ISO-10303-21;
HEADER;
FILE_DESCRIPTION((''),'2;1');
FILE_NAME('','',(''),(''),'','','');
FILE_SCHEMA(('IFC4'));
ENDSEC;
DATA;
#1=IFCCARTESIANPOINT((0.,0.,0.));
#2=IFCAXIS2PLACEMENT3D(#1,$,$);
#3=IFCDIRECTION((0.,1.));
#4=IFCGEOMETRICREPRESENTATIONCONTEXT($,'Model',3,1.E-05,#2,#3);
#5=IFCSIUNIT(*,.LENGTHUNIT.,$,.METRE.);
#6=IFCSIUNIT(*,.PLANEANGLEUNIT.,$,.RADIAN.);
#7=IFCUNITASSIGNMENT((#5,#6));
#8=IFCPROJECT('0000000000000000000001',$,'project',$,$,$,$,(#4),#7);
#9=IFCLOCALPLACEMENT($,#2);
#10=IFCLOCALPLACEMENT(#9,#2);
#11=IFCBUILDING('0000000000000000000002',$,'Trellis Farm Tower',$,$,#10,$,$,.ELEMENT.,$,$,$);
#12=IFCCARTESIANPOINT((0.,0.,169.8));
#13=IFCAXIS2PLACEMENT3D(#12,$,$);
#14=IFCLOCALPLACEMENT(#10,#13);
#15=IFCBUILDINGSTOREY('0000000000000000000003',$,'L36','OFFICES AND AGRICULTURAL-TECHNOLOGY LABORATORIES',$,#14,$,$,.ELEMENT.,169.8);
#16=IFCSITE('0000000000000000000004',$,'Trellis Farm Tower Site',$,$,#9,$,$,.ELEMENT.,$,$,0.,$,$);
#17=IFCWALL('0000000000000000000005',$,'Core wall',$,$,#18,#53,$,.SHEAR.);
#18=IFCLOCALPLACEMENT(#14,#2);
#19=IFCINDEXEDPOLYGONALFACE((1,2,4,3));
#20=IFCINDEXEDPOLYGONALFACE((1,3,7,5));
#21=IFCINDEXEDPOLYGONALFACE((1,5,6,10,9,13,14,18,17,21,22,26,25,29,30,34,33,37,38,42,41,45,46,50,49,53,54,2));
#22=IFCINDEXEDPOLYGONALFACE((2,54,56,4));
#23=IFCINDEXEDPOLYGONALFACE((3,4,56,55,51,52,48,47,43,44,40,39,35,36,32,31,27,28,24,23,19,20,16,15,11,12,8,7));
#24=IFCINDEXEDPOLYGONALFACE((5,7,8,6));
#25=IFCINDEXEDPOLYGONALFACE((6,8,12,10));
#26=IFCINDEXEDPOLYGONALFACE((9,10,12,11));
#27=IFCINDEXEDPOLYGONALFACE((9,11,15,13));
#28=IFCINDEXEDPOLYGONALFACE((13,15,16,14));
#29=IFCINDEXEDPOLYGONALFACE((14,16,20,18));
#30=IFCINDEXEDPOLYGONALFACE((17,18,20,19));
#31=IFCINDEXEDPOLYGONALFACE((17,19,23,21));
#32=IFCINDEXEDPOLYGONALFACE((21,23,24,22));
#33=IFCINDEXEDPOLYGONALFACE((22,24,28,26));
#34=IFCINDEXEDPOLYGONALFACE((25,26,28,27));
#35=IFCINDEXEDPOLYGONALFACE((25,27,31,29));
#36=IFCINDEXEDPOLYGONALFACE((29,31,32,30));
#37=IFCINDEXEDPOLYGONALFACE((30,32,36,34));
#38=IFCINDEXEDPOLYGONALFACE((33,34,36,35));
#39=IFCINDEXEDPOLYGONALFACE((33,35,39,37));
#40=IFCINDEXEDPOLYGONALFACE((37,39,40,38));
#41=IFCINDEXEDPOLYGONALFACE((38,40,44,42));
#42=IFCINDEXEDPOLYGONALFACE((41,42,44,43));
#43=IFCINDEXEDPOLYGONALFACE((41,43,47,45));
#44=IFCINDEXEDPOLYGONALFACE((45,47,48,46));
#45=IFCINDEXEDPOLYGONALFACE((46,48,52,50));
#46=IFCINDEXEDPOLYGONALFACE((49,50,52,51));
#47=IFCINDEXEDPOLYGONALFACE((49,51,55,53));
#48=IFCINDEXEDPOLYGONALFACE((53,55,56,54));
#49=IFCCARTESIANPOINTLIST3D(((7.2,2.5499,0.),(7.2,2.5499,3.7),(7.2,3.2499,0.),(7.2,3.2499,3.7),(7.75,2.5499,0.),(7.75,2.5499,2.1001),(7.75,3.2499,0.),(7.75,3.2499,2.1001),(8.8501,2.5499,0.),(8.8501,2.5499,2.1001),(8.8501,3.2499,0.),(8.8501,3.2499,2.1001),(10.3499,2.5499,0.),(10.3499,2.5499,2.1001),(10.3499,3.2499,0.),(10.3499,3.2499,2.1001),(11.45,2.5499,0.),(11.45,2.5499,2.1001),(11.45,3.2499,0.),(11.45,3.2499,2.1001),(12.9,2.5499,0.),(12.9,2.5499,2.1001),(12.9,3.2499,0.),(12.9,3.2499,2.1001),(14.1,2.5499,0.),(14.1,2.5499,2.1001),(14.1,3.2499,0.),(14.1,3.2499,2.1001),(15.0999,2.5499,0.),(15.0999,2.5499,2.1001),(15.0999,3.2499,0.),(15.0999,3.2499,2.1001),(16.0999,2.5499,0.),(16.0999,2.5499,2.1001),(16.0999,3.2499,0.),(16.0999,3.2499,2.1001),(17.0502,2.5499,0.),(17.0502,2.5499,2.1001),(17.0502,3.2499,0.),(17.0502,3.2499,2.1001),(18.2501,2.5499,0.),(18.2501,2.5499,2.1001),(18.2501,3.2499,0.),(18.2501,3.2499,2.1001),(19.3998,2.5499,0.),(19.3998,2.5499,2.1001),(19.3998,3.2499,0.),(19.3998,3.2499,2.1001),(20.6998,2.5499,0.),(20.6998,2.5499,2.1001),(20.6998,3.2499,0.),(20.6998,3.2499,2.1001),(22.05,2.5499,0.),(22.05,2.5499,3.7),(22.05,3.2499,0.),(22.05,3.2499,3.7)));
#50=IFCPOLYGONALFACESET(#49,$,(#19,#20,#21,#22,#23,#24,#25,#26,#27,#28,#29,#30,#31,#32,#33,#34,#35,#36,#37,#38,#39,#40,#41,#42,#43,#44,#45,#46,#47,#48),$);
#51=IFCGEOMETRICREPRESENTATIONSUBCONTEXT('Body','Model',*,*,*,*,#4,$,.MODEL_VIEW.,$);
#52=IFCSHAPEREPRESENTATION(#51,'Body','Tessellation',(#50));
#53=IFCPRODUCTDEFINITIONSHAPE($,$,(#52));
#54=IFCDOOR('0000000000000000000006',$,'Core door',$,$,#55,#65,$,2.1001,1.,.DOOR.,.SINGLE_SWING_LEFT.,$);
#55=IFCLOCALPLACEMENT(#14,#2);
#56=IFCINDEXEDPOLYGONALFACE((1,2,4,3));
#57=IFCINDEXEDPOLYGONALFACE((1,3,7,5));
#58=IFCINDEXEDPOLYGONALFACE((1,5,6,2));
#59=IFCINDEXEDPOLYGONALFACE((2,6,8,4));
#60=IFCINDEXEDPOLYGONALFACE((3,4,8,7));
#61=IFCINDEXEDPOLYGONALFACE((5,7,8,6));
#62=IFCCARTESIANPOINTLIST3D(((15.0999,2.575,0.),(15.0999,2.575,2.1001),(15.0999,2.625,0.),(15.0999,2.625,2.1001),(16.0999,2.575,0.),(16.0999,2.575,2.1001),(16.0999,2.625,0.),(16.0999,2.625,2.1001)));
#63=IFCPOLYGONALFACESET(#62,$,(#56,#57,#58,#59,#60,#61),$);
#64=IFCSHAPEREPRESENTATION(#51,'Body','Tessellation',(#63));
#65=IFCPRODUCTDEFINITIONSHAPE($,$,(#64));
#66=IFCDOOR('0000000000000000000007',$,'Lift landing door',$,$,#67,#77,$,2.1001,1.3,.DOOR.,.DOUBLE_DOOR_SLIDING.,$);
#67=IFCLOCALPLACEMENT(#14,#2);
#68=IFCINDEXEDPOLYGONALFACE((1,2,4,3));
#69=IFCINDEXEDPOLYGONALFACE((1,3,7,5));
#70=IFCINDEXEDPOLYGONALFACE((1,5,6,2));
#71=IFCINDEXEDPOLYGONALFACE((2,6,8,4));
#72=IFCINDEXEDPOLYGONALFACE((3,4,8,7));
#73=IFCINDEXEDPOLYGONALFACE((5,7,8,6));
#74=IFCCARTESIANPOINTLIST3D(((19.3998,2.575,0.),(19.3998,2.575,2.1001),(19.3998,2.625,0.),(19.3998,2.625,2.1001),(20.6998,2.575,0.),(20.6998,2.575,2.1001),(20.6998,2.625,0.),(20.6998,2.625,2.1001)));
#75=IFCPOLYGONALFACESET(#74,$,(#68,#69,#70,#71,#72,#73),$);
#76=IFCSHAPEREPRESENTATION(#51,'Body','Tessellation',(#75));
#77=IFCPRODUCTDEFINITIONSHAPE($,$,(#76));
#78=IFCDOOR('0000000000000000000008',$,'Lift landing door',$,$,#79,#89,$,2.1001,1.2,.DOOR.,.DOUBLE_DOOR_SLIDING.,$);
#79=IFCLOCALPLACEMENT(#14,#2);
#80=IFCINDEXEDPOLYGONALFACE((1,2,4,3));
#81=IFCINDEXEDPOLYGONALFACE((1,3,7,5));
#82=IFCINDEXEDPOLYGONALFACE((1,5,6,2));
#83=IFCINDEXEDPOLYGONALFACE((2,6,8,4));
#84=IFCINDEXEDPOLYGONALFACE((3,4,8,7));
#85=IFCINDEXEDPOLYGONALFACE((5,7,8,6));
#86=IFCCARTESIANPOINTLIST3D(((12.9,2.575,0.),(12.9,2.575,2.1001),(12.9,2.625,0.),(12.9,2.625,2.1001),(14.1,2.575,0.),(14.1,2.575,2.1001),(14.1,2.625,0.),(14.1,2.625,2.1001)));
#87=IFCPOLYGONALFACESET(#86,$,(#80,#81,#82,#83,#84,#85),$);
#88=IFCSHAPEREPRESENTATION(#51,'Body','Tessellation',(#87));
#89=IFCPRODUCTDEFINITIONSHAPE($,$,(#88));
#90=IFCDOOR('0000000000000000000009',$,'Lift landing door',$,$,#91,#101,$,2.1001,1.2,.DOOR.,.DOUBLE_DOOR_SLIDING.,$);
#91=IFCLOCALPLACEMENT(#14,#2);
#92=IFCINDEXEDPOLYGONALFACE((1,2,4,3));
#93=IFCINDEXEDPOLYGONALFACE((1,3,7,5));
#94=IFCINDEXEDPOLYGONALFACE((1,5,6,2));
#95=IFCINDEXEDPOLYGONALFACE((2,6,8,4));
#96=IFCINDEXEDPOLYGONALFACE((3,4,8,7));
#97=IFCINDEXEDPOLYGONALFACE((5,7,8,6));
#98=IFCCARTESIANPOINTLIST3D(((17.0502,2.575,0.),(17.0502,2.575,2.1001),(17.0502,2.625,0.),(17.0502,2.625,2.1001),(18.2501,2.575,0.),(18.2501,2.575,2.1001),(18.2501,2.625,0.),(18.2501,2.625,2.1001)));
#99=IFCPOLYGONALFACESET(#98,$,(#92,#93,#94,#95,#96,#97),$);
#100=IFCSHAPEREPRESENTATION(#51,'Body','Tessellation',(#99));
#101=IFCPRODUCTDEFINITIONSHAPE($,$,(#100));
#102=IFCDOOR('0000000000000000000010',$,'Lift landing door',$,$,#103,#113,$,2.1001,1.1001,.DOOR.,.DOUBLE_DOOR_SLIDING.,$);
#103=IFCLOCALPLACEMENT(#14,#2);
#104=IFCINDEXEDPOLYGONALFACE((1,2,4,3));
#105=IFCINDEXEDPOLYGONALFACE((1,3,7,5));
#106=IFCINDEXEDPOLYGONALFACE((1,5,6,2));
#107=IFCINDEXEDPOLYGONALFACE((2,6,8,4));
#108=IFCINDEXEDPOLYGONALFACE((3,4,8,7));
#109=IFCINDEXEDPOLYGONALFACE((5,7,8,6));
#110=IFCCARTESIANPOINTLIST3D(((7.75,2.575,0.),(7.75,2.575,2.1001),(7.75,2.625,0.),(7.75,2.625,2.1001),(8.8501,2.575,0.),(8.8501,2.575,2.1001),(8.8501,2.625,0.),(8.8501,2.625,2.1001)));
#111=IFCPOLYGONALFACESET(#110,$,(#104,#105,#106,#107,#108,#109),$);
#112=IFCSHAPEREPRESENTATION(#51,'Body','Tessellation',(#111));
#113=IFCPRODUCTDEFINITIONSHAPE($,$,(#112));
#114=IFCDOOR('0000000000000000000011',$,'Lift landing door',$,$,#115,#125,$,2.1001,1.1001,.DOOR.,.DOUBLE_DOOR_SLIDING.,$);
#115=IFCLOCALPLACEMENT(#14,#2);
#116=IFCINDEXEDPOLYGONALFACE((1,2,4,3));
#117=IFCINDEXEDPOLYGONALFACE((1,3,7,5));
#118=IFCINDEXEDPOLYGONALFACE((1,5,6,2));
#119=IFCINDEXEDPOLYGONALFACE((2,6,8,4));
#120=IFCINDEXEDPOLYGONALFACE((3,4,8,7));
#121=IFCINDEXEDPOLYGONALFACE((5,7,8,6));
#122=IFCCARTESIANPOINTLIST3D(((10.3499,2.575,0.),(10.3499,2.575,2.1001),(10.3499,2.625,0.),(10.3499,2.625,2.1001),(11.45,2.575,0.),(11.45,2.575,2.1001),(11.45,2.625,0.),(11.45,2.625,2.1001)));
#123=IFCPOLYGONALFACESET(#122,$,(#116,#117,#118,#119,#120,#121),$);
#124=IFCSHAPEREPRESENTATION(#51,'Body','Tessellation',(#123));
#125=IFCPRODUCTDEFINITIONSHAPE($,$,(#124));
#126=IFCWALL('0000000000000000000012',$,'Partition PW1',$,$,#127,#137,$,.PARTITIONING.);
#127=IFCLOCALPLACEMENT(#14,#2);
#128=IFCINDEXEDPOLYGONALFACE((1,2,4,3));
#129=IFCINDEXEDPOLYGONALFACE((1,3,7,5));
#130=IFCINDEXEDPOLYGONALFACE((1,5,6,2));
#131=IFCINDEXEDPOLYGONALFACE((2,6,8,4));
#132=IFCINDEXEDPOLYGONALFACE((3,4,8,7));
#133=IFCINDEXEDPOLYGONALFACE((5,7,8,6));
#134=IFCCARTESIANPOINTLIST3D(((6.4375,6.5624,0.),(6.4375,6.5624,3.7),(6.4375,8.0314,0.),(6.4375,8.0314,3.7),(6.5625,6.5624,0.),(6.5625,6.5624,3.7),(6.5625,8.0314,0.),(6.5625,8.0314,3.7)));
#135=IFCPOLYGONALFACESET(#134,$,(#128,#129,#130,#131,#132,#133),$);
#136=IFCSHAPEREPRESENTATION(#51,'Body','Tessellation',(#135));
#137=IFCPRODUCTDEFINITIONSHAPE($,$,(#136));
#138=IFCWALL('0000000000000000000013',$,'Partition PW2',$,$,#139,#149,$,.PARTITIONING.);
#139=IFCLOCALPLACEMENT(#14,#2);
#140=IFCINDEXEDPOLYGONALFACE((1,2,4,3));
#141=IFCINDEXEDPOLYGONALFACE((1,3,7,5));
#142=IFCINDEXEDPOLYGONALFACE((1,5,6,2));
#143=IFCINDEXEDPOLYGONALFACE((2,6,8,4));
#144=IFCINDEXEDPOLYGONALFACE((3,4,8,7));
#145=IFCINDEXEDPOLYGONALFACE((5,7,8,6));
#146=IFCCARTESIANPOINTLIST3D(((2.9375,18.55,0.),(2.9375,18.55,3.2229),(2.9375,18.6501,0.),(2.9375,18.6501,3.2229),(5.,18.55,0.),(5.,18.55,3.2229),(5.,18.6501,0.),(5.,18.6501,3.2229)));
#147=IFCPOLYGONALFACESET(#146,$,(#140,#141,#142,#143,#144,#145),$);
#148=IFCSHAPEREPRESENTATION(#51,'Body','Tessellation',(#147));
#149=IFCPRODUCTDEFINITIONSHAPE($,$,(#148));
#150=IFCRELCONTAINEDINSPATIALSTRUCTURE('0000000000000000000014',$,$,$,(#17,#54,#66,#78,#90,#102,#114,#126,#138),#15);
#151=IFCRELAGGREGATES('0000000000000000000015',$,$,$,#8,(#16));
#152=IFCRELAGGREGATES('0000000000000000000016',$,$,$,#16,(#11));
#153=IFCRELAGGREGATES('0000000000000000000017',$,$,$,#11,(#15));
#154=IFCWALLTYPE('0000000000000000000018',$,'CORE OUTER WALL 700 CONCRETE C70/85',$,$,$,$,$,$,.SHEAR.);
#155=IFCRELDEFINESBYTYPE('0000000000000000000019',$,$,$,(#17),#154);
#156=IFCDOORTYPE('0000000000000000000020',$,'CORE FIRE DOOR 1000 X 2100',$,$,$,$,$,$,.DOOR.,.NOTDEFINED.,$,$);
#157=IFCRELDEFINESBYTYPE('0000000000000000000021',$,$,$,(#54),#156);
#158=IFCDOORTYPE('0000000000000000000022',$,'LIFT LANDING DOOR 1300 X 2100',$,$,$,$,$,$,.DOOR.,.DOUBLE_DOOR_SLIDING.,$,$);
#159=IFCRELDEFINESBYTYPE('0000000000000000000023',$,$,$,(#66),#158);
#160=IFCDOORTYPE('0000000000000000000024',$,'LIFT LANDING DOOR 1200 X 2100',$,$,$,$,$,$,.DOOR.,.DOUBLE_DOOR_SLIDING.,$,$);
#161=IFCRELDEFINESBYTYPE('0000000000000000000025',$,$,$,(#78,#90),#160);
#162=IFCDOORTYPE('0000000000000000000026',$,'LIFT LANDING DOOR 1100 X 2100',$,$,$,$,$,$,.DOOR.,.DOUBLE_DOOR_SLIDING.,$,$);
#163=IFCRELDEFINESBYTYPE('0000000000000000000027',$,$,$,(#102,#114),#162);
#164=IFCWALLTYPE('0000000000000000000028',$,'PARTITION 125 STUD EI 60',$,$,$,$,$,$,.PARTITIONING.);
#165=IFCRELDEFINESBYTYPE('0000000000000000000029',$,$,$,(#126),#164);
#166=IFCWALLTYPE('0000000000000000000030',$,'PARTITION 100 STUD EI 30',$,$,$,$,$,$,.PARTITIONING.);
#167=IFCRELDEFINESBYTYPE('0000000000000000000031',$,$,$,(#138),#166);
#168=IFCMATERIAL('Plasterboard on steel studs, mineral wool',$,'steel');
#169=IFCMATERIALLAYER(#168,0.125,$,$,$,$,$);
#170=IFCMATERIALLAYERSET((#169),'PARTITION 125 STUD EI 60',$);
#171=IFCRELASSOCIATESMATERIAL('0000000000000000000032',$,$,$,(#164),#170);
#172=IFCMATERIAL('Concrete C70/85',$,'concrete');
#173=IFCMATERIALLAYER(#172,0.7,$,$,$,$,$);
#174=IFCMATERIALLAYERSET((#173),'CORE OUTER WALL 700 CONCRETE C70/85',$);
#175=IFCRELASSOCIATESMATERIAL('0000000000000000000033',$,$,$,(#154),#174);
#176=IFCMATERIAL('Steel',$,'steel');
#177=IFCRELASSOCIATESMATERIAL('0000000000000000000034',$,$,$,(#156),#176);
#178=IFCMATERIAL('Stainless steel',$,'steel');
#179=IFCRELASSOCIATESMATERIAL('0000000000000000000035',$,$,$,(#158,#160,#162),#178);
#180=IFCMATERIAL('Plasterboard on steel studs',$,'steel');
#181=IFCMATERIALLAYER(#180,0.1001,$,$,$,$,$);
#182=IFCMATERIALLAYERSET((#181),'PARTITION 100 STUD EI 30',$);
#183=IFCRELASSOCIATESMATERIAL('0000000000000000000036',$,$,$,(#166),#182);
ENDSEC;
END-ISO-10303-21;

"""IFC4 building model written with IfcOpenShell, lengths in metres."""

from ifc_helpers import new_model, si_unit, direction, frame, frame_2d, origin, place, context, subcontext, project, spatial, rectangle, extrude, source, transform, mapped, material, layer, layer_set, type_object, element, fill, save


model = new_model("IFC4")

# Units and contexts
model_context = context("Model", 3, precision=1e-05, world=origin(), true_north=direction((0.0, 1.0)))
body_context = subcontext(model_context, "Body", "Model", "MODEL_VIEW")
ifc_project = project(units=[si_unit("LENGTHUNIT", "METRE"), si_unit("PLANEANGLEUNIT", "RADIAN")], contexts=[model_context])

# Site, building, storey
site_placement = place(None, origin())
site = spatial("IfcSite", under=ifc_project, at=site_placement, Name="Trellis Farm Tower Site", CompositionType="ELEMENT", RefElevation=0.0)
building_placement = place(site_placement, origin())
building = spatial("IfcBuilding", under=site, at=building_placement, Name="Trellis Farm Tower", CompositionType="ELEMENT")
storey_placement = place(building_placement, frame((0.0, 0.0, 169.8)))
storey = spatial("IfcBuildingStorey", under=building, at=storey_placement, Name="L36", Description="OFFICES AND AGRICULTURAL-TECHNOLOGY LABORATORIES", CompositionType="ELEMENT", Elevation=169.8)

# Shared definitions
ifc_material_1 = material(Name="Concrete C70/85", Category="concrete")

# Shared definitions
ifc_material_2 = material(Name="Plasterboard on steel studs, mineral wool", Category="steel")
ifc_layer_1 = layer(ifc_material_2, 0.125)
ifc_layer_set_1 = layer_set([ifc_layer_1], Name="PARTITION 125 STUD EI 60")
wall_type_1 = type_object("IfcWallType", Name="PARTITION 125 STUD EI 60", PredefinedType="PARTITIONING", material=ifc_layer_set_1)

# Wall, openings, doors
ifc_layer_2 = layer(ifc_material_1, 0.7)
ifc_layer_set_2 = layer_set([ifc_layer_2], Name="CORE OUTER WALL 700 CONCRETE C70/85")
wall_type_2 = type_object("IfcWallType", Name="CORE OUTER WALL 700 CONCRETE C70/85", PredefinedType="SHEAR", material=ifc_layer_set_2)
shared_shape_1 = source(origin(), body_context, "Body", "SweptSolid", [
    extrude(rectangle(XDim=14.8501, YDim=0.7, at=frame_2d((7.425, 0.0))), origin(), (0.0, 0.0, 1.0), 3.7),
])
wall_1_placement = place(storey_placement, frame((7.2, 2.8999, 0.0), z_axis=(0.0, 0.0, 1.0), x_axis=(1.0, 0.0, 0.0)))
wall_1 = element("IfcWall", 1, at=wall_1_placement, inside=storey, type_object=wall_type_2, Name="Core wall", PredefinedType="SHEAR", context=body_context, shape_type="MappedRepresentation", body=[
    mapped(shared_shape_1, transform((0.0, 0.0, 0.0))),
])
shared_shape_2 = source(origin(), body_context, "Body", "SweptSolid", [
    extrude(rectangle(XDim=1.1001, YDim=2.1001, at=frame_2d((0.55, 1.05))), frame((0.0, 0.3601, 0.0), z_axis=(0.0, -1.0, 0.0), x_axis=(1.0, 0.0, 0.0)), (0.0, 0.0, 1.0), 0.7202),
])
opening_1_placement = place(wall_1_placement, frame((0.55, 0.0, 0.0)))
opening_1 = element("IfcOpeningElement", 2, at=opening_1_placement, cuts=wall_1, PredefinedType="OPENING", context=body_context, shape_type="MappedRepresentation", body=[
    mapped(shared_shape_2, transform((0.0, 0.0, 0.0))),
])
opening_2_placement = place(wall_1_placement, frame((3.1499, 0.0, 0.0)))
opening_2 = element("IfcOpeningElement", 3, at=opening_2_placement, cuts=wall_1, PredefinedType="OPENING", context=body_context, shape_type="MappedRepresentation", body=[
    mapped(shared_shape_2, transform((0.0, 0.0, 0.0))),
])
shared_shape_3 = source(origin(), body_context, "Body", "SweptSolid", [
    extrude(rectangle(XDim=1.2, YDim=2.1001, at=frame_2d((0.6001, 1.05))), frame((0.0, 0.3601, 0.0), z_axis=(0.0, -1.0, 0.0), x_axis=(1.0, 0.0, 0.0)), (0.0, 0.0, 1.0), 0.7202),
])
opening_3_placement = place(wall_1_placement, frame((5.7, 0.0, 0.0)))
opening_3 = element("IfcOpeningElement", 4, at=opening_3_placement, cuts=wall_1, PredefinedType="OPENING", context=body_context, shape_type="MappedRepresentation", body=[
    mapped(shared_shape_3, transform((0.0, 0.0, 0.0))),
])
shared_shape_4 = source(origin(), body_context, "Body", "SweptSolid", [
    extrude(rectangle(XDim=1.3, YDim=2.1001, at=frame_2d((0.6499, 1.05))), frame((0.0, 0.3601, 0.0), z_axis=(0.0, -1.0, 0.0), x_axis=(1.0, 0.0, 0.0)), (0.0, 0.0, 1.0), 0.7202),
])
opening_4_placement = place(wall_1_placement, frame((12.2, 0.0, 0.0)))
opening_4 = element("IfcOpeningElement", 5, at=opening_4_placement, cuts=wall_1, PredefinedType="OPENING", context=body_context, shape_type="MappedRepresentation", body=[
    mapped(shared_shape_4, transform((0.0, 0.0, 0.0))),
])
opening_5_placement = place(wall_1_placement, frame((9.8501, 0.0, 0.0)))
opening_5 = element("IfcOpeningElement", 6, at=opening_5_placement, cuts=wall_1, PredefinedType="OPENING", context=body_context, shape_type="MappedRepresentation", body=[
    mapped(shared_shape_3, transform((0.0, 0.0, 0.0))),
])
shared_shape_5 = source(origin(), body_context, "Body", "SweptSolid", [
    extrude(rectangle(XDim=1.0, YDim=2.1001, at=frame_2d((0.5, 1.05))), frame((0.0, 0.3601, 0.0), z_axis=(0.0, -1.0, 0.0), x_axis=(1.0, 0.0, 0.0)), (0.0, 0.0, 1.0), 0.7202),
])
opening_6_placement = place(wall_1_placement, frame((7.8999, 0.0, 0.0)))
opening_6 = element("IfcOpeningElement", 7, at=opening_6_placement, cuts=wall_1, PredefinedType="OPENING", context=body_context, shape_type="MappedRepresentation", body=[
    mapped(shared_shape_5, transform((0.0, 0.0, 0.0))),
])
ifc_material_3 = material(Name="Steel", Category="steel")
door_type_1 = type_object("IfcDoorType", Name="CORE FIRE DOOR 1000 X 2100", OperationType="NOTDEFINED", PredefinedType="DOOR", material=ifc_material_3)
shared_shape_6 = source(origin(), body_context, "Body", "SweptSolid", [
    extrude(rectangle(XDim=1.0, YDim=2.1001, at=frame_2d((0.5, 1.05))), frame((0.0, -0.2749, 0.0), z_axis=(0.0, -1.0, 0.0), x_axis=(1.0, 0.0, 0.0)), (0.0, 0.0, 1.0), 0.05),
])
door_1_placement = place(opening_6_placement, origin())
door_1 = element("IfcDoor", 8, at=door_1_placement, inside=storey, type_object=door_type_1, Name="Core door", OperationType="SINGLE_SWING_LEFT", OverallHeight=2.1001, OverallWidth=1.0, PredefinedType="DOOR", context=body_context, shape_type="MappedRepresentation", body=[
    mapped(shared_shape_6, transform((0.0, 0.0, 0.0))),
])
fill(opening_6, door_1)
ifc_material_4 = material(Name="Stainless steel", Category="steel")
door_type_2 = type_object("IfcDoorType", Name="LIFT LANDING DOOR 1300 X 2100", OperationType="DOUBLE_DOOR_SLIDING", PredefinedType="DOOR", material=ifc_material_4)
shared_shape_7 = source(origin(), body_context, "Body", "SweptSolid", [
    extrude(rectangle(XDim=1.3, YDim=2.1001, at=frame_2d((0.6499, 1.05))), frame((0.0, -0.2749, 0.0), z_axis=(0.0, -1.0, 0.0), x_axis=(1.0, 0.0, 0.0)), (0.0, 0.0, 1.0), 0.05),
])
door_2_placement = place(opening_4_placement, origin())
door_2 = element("IfcDoor", 9, at=door_2_placement, inside=storey, type_object=door_type_2, Name="Lift landing door", OperationType="DOUBLE_DOOR_SLIDING", OverallHeight=2.1001, OverallWidth=1.3, PredefinedType="DOOR", context=body_context, shape_type="MappedRepresentation", body=[
    mapped(shared_shape_7, transform((0.0, 0.0, 0.0))),
])
fill(opening_4, door_2)
door_type_3 = type_object("IfcDoorType", Name="LIFT LANDING DOOR 1200 X 2100", OperationType="DOUBLE_DOOR_SLIDING", PredefinedType="DOOR", material=ifc_material_4)
shared_shape_8 = source(origin(), body_context, "Body", "SweptSolid", [
    extrude(rectangle(XDim=1.2, YDim=2.1001, at=frame_2d((0.6001, 1.05))), frame((0.0, -0.2749, 0.0), z_axis=(0.0, -1.0, 0.0), x_axis=(1.0, 0.0, 0.0)), (0.0, 0.0, 1.0), 0.05),
])
door_3_placement = place(opening_3_placement, origin())
door_3 = element("IfcDoor", 10, at=door_3_placement, inside=storey, type_object=door_type_3, Name="Lift landing door", OperationType="DOUBLE_DOOR_SLIDING", OverallHeight=2.1001, OverallWidth=1.2, PredefinedType="DOOR", context=body_context, shape_type="MappedRepresentation", body=[
    mapped(shared_shape_8, transform((0.0, 0.0, 0.0))),
])
fill(opening_3, door_3)
door_4_placement = place(opening_5_placement, origin())
door_4 = element("IfcDoor", 11, at=door_4_placement, inside=storey, type_object=door_type_3, Name="Lift landing door", OperationType="DOUBLE_DOOR_SLIDING", OverallHeight=2.1001, OverallWidth=1.2, PredefinedType="DOOR", context=body_context, shape_type="MappedRepresentation", body=[
    mapped(shared_shape_8, transform((0.0, 0.0, 0.0))),
])
fill(opening_5, door_4)
door_type_4 = type_object("IfcDoorType", Name="LIFT LANDING DOOR 1100 X 2100", OperationType="DOUBLE_DOOR_SLIDING", PredefinedType="DOOR", material=ifc_material_4)
shared_shape_9 = source(origin(), body_context, "Body", "SweptSolid", [
    extrude(rectangle(XDim=1.1001, YDim=2.1001, at=frame_2d((0.55, 1.05))), frame((0.0, -0.2749, 0.0), z_axis=(0.0, -1.0, 0.0), x_axis=(1.0, 0.0, 0.0)), (0.0, 0.0, 1.0), 0.05),
])
door_5_placement = place(opening_1_placement, origin())
door_5 = element("IfcDoor", 12, at=door_5_placement, inside=storey, type_object=door_type_4, Name="Lift landing door", OperationType="DOUBLE_DOOR_SLIDING", OverallHeight=2.1001, OverallWidth=1.1001, PredefinedType="DOOR", context=body_context, shape_type="MappedRepresentation", body=[
    mapped(shared_shape_9, transform((0.0, 0.0, 0.0))),
])
fill(opening_1, door_5)
door_6_placement = place(opening_2_placement, origin())
door_6 = element("IfcDoor", 13, at=door_6_placement, inside=storey, type_object=door_type_4, Name="Lift landing door", OperationType="DOUBLE_DOOR_SLIDING", OverallHeight=2.1001, OverallWidth=1.1001, PredefinedType="DOOR", context=body_context, shape_type="MappedRepresentation", body=[
    mapped(shared_shape_9, transform((0.0, 0.0, 0.0))),
])
fill(opening_2, door_6)

# Walls
shared_shape_10 = source(origin(), body_context, "Body", "SweptSolid", [
    extrude(rectangle(XDim=1.469, YDim=0.125, at=frame_2d((0.7344, 0.0))), origin(), (0.0, 0.0, 1.0), 3.7),
])
wall_2_placement = place(storey_placement, frame((6.5, 6.5625, 0.0), z_axis=(0.0, 0.0, 1.0), x_axis=(0.0, 1.0, 0.0)))
element("IfcWall", 14, at=wall_2_placement, inside=storey, type_object=wall_type_1, Name="Partition PW1", PredefinedType="PARTITIONING", context=body_context, shape_type="MappedRepresentation", body=[
    mapped(shared_shape_10, transform((0.0, 0.0, 0.0))),
])
ifc_material_5 = material(Name="Plasterboard on steel studs", Category="steel")
ifc_layer_3 = layer(ifc_material_5, 0.1001)
ifc_layer_set_3 = layer_set([ifc_layer_3], Name="PARTITION 100 STUD EI 30")
wall_type_3 = type_object("IfcWallType", Name="PARTITION 100 STUD EI 30", PredefinedType="PARTITIONING", material=ifc_layer_set_3)
shared_shape_11 = source(origin(), body_context, "Body", "SweptSolid", [
    extrude(rectangle(XDim=2.0625, YDim=0.1001, at=frame_2d((1.0312, 0.0))), origin(), (0.0, 0.0, 1.0), 3.2229),
])
wall_3_placement = place(storey_placement, frame((2.9375, 18.6001, 0.0), z_axis=(0.0, 0.0, 1.0), x_axis=(1.0, 0.0, 0.0)))
element("IfcWall", 15, at=wall_3_placement, inside=storey, type_object=wall_type_3, Name="Partition PW2", PredefinedType="PARTITIONING", context=body_context, shape_type="MappedRepresentation", body=[
    mapped(shared_shape_11, transform((0.0, 0.0, 0.0))),
])

save(model, "model.ifc")
